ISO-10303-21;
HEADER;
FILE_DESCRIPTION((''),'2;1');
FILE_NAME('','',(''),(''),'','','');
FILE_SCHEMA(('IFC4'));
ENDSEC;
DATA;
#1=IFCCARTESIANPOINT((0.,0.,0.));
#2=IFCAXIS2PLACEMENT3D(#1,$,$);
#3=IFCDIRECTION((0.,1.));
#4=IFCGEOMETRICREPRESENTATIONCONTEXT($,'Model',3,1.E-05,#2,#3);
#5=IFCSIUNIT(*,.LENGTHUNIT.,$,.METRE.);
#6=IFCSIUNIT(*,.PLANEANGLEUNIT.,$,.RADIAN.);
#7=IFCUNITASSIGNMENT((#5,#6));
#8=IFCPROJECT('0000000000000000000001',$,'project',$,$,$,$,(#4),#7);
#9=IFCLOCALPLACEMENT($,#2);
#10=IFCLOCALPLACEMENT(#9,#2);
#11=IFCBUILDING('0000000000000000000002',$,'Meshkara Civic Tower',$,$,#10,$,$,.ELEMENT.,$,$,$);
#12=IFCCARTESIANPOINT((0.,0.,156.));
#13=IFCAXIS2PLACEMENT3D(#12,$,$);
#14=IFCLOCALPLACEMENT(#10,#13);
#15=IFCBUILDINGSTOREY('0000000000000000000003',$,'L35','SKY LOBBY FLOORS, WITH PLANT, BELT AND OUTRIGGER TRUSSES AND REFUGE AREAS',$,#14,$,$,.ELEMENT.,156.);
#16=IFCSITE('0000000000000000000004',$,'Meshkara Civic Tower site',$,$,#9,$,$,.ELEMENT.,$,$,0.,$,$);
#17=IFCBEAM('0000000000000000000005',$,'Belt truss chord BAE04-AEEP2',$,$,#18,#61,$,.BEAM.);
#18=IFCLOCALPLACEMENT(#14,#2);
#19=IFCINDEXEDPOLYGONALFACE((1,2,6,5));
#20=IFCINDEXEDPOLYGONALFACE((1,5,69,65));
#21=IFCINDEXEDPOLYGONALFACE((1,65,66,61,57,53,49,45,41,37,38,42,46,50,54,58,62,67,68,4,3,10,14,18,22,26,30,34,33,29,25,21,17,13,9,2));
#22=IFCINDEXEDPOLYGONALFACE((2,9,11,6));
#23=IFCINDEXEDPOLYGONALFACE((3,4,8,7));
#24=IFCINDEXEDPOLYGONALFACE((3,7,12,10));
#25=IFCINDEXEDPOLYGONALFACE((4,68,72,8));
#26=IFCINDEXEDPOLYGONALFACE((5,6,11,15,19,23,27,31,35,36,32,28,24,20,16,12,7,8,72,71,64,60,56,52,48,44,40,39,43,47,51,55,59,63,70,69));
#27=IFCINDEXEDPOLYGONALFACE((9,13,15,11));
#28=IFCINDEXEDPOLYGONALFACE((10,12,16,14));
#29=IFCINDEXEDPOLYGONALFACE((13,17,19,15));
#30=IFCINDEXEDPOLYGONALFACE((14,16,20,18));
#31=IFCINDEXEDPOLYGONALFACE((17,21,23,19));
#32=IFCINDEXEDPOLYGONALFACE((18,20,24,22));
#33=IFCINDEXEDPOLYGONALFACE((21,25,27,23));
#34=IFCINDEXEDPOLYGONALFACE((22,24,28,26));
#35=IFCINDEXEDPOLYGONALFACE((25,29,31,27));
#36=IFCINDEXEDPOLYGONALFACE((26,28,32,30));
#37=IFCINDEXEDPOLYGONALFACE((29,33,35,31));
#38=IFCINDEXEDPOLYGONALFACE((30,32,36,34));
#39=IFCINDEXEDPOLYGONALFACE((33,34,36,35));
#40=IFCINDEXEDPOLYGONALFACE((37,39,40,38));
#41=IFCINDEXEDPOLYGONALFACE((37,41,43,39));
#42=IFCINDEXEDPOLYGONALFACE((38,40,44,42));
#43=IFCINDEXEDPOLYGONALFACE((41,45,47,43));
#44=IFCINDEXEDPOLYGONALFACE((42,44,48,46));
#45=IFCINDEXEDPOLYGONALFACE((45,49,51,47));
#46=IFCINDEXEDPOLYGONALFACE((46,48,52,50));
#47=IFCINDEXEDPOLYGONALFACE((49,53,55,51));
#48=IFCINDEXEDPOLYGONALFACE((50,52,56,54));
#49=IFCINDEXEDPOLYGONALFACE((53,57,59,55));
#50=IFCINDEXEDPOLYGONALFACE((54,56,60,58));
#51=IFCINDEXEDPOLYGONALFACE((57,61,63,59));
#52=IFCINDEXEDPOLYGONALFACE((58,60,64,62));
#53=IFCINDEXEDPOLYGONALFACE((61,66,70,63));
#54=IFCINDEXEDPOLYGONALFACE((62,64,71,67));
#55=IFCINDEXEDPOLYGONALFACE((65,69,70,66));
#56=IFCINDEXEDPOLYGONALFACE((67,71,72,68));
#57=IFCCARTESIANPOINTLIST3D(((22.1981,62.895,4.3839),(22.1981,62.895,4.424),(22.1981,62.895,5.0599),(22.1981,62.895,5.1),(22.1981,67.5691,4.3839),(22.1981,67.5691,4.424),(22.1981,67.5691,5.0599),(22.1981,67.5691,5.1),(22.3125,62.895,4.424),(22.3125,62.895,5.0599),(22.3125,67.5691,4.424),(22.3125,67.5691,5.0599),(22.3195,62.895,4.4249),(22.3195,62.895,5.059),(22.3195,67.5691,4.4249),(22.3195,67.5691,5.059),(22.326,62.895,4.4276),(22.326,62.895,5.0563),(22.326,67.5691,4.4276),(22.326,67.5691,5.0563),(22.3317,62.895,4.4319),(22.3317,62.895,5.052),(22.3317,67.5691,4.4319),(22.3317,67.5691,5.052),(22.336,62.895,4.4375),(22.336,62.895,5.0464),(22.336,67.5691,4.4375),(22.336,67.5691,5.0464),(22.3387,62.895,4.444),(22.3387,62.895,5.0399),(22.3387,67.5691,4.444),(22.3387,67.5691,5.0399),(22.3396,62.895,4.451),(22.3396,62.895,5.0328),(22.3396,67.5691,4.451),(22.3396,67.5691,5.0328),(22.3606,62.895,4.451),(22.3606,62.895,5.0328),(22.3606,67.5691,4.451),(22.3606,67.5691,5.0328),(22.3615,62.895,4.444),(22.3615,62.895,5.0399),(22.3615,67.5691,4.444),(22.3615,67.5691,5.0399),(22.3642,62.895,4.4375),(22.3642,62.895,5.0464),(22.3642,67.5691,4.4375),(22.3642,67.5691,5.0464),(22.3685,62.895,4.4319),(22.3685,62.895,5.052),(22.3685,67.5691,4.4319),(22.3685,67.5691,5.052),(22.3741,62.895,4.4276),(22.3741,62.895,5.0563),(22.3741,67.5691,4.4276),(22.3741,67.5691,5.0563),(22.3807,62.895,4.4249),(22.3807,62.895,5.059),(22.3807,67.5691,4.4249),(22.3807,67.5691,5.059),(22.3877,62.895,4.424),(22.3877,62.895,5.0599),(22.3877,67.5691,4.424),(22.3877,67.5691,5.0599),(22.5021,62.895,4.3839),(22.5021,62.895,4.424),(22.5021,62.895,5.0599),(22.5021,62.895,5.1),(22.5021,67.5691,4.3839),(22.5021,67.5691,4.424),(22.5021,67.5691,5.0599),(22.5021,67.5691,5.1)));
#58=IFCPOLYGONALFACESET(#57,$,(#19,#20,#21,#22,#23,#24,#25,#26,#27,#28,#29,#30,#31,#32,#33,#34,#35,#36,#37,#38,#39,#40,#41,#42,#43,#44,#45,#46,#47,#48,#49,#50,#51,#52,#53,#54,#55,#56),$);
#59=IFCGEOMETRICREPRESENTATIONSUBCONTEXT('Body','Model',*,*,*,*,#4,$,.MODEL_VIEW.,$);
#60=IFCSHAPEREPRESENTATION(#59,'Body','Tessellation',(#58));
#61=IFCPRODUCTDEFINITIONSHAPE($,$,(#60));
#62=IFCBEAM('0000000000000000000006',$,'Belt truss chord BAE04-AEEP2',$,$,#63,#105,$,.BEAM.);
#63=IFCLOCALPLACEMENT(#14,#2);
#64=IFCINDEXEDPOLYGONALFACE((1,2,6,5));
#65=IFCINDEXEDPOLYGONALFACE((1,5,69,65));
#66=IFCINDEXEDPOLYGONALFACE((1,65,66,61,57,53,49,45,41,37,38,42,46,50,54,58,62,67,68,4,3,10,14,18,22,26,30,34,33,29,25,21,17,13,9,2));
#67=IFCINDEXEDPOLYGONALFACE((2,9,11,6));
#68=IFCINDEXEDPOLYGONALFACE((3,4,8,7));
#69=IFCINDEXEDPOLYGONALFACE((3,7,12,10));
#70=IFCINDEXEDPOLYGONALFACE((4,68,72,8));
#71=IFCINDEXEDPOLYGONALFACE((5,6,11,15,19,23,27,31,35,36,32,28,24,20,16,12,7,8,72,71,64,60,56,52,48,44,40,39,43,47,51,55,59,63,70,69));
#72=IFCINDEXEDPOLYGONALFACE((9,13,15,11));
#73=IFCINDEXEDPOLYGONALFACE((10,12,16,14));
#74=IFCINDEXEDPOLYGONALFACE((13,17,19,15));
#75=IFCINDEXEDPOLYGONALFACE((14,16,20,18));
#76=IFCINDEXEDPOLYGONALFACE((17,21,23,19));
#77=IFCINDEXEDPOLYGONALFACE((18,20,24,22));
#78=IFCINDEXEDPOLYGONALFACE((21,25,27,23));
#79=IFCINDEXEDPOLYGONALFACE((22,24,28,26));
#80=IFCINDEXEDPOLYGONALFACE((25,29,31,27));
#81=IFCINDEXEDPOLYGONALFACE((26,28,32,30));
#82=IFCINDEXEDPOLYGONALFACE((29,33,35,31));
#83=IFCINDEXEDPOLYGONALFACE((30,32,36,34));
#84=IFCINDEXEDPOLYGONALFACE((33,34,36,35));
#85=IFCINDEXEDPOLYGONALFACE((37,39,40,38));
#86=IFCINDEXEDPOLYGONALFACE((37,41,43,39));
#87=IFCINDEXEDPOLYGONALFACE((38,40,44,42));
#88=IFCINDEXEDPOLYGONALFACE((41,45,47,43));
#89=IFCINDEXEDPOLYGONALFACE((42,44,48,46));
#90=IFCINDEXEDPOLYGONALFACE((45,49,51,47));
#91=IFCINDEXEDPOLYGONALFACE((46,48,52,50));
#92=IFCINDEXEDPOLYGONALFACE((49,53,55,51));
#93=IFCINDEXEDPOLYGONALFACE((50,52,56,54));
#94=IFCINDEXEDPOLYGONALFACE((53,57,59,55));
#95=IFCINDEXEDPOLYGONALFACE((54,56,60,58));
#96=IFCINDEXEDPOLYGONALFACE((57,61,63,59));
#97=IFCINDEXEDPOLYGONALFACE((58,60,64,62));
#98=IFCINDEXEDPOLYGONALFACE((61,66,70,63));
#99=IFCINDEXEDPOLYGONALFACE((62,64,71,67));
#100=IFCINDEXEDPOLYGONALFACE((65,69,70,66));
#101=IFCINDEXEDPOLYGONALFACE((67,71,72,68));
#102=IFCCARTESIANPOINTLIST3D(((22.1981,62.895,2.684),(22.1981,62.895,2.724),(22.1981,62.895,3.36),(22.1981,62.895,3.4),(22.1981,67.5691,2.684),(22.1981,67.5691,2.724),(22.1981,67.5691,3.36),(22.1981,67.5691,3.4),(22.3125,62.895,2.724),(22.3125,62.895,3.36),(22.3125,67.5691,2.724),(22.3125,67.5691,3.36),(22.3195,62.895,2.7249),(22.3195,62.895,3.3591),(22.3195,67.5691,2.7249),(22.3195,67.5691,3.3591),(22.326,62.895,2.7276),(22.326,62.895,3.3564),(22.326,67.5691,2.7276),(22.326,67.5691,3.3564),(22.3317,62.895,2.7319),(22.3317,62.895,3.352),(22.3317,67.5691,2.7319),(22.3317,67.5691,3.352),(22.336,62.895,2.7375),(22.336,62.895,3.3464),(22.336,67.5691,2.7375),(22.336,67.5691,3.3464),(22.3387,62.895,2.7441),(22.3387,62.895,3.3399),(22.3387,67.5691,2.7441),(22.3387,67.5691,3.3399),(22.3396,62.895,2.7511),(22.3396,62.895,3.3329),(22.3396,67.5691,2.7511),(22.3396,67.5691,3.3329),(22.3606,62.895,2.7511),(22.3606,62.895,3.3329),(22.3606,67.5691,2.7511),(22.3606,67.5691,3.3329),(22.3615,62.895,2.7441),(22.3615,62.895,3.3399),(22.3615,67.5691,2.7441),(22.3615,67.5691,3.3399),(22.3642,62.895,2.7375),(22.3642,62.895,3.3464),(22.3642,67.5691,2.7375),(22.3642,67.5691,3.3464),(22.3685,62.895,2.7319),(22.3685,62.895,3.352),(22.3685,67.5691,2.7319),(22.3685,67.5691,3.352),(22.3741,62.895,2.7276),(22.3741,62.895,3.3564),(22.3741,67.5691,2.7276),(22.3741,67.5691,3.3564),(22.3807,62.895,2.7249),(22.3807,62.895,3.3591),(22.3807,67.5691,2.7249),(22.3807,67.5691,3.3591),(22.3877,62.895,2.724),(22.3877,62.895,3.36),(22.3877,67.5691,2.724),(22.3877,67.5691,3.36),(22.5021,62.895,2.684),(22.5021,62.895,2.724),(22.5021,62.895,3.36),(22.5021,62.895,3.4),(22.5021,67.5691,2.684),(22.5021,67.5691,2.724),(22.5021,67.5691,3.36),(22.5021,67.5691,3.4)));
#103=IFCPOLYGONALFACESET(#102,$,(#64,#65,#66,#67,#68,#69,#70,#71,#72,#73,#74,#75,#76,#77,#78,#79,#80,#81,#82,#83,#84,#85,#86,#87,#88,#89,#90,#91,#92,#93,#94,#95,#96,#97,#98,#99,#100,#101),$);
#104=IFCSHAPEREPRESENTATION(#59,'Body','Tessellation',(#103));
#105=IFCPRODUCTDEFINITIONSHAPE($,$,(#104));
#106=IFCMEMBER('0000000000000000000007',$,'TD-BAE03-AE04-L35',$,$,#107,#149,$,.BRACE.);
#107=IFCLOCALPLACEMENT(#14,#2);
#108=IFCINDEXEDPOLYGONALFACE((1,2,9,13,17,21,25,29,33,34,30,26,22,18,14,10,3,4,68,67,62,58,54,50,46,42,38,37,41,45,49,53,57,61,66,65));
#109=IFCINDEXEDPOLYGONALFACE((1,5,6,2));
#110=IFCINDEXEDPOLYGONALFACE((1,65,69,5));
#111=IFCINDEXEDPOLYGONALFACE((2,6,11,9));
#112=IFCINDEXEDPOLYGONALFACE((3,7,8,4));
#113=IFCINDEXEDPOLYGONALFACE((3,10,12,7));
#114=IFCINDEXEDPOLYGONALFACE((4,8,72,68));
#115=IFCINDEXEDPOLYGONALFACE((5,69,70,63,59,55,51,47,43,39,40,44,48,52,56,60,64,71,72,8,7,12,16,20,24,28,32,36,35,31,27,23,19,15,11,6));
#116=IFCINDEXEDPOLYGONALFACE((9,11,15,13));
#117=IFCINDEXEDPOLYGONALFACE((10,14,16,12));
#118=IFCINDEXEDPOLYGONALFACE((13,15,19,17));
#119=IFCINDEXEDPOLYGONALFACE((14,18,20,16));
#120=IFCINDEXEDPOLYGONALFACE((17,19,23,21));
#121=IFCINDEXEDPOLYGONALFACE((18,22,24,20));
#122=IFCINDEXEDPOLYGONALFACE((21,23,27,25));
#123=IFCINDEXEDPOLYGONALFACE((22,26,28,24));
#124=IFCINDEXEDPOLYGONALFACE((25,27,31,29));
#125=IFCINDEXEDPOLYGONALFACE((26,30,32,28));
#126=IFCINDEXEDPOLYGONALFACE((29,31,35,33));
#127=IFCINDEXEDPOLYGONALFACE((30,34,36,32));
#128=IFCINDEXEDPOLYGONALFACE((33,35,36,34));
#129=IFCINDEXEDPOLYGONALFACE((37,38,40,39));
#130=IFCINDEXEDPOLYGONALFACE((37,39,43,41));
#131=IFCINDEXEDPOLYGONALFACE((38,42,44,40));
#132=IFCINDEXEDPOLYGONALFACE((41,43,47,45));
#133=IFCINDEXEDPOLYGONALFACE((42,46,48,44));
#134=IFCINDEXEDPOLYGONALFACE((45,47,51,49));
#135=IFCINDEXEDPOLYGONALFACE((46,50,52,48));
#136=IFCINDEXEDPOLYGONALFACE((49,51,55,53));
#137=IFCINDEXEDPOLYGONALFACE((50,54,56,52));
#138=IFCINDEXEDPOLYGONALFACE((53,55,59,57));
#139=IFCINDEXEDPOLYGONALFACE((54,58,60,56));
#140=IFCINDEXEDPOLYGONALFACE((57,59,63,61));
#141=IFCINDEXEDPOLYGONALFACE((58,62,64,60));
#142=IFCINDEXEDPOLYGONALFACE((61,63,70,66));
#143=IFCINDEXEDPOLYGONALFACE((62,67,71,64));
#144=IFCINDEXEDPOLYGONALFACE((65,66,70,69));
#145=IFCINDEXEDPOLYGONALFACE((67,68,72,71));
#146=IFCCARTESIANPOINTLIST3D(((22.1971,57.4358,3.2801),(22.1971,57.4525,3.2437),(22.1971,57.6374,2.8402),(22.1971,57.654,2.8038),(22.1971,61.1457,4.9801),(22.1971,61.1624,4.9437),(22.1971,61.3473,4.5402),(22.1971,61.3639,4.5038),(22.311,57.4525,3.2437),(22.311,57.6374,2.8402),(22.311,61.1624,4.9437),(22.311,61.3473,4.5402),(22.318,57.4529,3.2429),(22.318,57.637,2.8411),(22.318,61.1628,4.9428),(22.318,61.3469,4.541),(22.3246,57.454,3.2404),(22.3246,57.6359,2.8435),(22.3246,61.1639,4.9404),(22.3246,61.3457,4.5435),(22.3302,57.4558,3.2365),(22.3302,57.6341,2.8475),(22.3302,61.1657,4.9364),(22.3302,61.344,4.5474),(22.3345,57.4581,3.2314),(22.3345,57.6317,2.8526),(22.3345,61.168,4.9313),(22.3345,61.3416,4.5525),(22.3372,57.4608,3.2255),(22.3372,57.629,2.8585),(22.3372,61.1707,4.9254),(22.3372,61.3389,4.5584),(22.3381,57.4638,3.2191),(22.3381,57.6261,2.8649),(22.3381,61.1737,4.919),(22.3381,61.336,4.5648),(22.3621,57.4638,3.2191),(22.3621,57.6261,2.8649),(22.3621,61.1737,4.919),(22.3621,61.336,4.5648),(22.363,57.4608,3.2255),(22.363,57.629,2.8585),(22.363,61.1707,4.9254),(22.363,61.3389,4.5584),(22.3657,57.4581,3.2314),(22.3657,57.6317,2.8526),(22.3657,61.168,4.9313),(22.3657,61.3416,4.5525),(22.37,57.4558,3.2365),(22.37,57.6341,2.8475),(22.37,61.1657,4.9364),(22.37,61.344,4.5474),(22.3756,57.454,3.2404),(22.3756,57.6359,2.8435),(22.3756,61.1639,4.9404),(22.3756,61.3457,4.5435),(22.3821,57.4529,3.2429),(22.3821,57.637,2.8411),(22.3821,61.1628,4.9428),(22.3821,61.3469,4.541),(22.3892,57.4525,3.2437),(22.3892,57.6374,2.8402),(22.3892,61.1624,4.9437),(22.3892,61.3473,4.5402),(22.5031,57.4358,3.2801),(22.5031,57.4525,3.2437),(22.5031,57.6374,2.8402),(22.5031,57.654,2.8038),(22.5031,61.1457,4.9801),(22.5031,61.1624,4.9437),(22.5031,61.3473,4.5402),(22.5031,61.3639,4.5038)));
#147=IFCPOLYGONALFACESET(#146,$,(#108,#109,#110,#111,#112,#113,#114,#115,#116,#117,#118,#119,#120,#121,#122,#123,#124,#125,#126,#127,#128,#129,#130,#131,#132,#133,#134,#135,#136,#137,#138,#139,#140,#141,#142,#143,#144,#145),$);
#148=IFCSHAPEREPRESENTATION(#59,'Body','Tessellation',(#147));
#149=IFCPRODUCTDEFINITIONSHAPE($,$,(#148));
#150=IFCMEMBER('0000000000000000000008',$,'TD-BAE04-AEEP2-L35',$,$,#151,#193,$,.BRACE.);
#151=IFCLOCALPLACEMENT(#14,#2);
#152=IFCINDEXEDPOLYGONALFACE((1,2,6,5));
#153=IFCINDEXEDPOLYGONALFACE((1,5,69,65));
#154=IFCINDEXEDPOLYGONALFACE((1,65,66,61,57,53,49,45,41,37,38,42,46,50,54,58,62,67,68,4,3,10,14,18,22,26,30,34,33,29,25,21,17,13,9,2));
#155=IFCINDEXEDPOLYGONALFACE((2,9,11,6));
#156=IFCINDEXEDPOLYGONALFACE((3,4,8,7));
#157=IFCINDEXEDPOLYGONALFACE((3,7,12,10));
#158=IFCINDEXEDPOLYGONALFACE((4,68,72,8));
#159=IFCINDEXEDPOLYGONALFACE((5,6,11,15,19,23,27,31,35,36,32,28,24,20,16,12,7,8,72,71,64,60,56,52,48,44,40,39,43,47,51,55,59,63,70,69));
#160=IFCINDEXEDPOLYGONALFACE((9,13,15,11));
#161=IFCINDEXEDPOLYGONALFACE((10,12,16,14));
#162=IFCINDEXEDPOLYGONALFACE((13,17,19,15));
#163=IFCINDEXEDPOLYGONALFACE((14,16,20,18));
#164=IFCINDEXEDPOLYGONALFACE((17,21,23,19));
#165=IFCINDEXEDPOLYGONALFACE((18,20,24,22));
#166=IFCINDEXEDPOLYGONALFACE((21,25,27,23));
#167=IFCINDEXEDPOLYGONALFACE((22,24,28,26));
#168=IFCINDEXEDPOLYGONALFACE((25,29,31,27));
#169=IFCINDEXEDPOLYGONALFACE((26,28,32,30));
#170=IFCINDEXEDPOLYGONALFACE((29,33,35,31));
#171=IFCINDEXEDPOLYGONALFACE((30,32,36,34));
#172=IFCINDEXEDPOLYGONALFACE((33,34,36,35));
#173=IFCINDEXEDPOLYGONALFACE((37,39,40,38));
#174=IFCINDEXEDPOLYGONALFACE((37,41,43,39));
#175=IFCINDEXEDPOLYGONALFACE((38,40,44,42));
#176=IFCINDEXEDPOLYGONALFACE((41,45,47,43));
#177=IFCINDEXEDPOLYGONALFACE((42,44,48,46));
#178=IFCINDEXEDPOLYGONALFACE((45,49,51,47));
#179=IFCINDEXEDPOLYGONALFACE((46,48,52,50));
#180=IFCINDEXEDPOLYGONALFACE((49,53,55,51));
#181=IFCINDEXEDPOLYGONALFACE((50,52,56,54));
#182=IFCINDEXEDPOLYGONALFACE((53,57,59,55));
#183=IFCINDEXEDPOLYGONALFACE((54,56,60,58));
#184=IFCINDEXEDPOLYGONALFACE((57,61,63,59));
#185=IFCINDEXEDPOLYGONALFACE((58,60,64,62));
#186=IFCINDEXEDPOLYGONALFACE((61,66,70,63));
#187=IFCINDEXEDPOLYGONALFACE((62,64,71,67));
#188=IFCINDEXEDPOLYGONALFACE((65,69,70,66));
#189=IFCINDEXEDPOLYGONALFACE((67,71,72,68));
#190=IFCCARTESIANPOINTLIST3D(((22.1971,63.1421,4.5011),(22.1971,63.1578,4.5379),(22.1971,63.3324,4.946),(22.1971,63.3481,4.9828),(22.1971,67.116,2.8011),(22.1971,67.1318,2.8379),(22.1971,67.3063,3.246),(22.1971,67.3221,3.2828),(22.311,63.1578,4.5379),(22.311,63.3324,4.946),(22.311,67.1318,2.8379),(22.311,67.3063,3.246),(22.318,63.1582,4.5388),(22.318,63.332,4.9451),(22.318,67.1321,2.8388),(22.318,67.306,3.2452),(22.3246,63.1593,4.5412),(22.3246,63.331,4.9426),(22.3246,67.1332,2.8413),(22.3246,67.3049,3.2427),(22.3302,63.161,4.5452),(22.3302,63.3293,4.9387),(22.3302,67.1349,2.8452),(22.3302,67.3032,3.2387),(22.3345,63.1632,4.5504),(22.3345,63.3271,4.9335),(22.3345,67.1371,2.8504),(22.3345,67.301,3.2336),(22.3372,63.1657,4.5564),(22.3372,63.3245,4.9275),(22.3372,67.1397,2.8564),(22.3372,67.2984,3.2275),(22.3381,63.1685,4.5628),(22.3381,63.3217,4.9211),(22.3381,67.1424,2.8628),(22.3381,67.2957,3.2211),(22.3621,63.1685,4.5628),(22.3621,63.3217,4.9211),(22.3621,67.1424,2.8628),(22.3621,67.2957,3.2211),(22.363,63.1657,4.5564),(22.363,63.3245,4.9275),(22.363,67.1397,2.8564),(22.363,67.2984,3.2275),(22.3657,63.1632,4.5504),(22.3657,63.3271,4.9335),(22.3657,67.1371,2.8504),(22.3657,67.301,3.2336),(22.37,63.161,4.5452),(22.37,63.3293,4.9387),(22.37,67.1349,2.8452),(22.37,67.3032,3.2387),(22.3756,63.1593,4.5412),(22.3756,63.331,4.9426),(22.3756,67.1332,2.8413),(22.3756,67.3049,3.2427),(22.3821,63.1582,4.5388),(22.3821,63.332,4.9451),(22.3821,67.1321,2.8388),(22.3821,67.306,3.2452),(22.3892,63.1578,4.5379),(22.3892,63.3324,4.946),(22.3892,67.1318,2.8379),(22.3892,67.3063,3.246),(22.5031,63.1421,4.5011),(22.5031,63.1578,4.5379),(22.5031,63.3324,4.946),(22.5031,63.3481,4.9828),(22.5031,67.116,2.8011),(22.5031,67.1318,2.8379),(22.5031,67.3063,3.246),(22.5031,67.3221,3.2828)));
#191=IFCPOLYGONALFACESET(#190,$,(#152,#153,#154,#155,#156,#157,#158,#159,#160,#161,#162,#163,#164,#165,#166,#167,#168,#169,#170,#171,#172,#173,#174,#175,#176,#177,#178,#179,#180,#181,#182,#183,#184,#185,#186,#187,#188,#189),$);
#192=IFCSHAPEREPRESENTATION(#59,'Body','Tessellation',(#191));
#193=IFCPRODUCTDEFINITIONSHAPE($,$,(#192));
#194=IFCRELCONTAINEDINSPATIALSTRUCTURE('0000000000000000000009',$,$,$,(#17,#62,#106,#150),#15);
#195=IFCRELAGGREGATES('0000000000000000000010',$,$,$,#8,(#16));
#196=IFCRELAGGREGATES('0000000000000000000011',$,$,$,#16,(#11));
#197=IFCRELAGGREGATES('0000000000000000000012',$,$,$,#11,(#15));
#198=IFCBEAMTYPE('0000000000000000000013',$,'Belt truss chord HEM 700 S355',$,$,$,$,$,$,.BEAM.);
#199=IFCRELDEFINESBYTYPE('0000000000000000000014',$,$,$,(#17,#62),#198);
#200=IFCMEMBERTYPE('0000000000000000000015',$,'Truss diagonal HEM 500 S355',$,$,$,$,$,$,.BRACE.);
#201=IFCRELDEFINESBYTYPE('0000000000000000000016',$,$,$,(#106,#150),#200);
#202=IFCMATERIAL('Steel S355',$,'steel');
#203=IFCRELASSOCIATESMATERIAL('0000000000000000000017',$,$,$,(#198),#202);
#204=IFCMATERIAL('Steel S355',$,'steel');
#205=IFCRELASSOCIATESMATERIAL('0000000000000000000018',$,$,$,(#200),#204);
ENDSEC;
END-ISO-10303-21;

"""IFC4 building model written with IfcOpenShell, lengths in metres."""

from ifc_helpers import new_model, si_unit, direction, frame, origin, origin_2d, place, context, subcontext, project, spatial, i_section, extrude, material, material_profile, profile_set, type_object, element, save


model = new_model("IFC4")

# Units and contexts
model_context = context("Model", 3, precision=1e-05, world=origin(), true_north=direction((0.0, 1.0)))
body_context = subcontext(model_context, "Body", "Model", "MODEL_VIEW")
ifc_project = project(units=[si_unit("LENGTHUNIT", "METRE"), si_unit("PLANEANGLEUNIT", "RADIAN")], contexts=[model_context])

# Site, building, storey
site_placement = place(None, origin())
site = spatial("IfcSite", under=ifc_project, at=site_placement, Name="Meshkara Civic Tower site", CompositionType="ELEMENT", RefElevation=0.0)
building_placement = place(site_placement, origin())
building = spatial("IfcBuilding", under=site, at=building_placement, Name="Meshkara Civic Tower", CompositionType="ELEMENT")
storey_placement = place(building_placement, frame((0.0, 0.0, 156.0)))
storey = spatial("IfcBuildingStorey", under=building, at=storey_placement, Name="L35", Description="SKY LOBBY FLOORS, WITH PLANT, BELT AND OUTRIGGER TRUSSES AND REFUGE AREAS", CompositionType="ELEMENT", Elevation=156.0)

# Beams
ifc_material_1 = material(Name="Steel S355", Category="steel")
ifc_material_profile_1 = material_profile(ifc_material_1, i_section(OverallWidth=0.304, OverallDepth=0.7161, WebThickness=0.021, FlangeThickness=0.04, FilletRadius=0.0271, at=origin_2d()))
ifc_profile_set_1 = profile_set([ifc_material_profile_1], Name="Steel S355")
beam_type = type_object("IfcBeamType", Name="Belt truss chord HEM 700 S355", PredefinedType="BEAM", material=ifc_profile_set_1)
for number, where, z_axis, x_axis, name in (
    (1, (22.3501, 62.895, 4.7419), (0.0, 1.0, 0.0), (-1.0, 0.0, 0.0), "Belt truss chord BAE04-AEEP2"),
    (2, (22.3501, 62.895, 3.042), (0.0, 1.0, 0.0), (-1.0, 0.0, 0.0), "Belt truss chord BAE04-AEEP2"),
):
    element("IfcBeam", number, at=place(storey_placement, frame(where, z_axis=z_axis, x_axis=x_axis)), inside=storey, type_object=beam_type, Name=name, PredefinedType="BEAM", context=body_context, shape_type="SweptSolid", body=[
        extrude(i_section(OverallWidth=0.304, OverallDepth=0.7161, WebThickness=0.021, FlangeThickness=0.04, FilletRadius=0.0271, at=origin_2d()), origin(), (0.0, 0.0, 1.0), 4.6741),
    ])

# Members
ifc_material_2 = material(Name="Steel S355", Category="steel")
ifc_material_profile_2 = material_profile(ifc_material_2, i_section(OverallWidth=0.3059, OverallDepth=0.5239, WebThickness=0.0239, FlangeThickness=0.04, FilletRadius=0.0271, at=origin_2d()))
ifc_profile_set_2 = profile_set([ifc_material_profile_2], Name="Steel S355")
member_type = type_object("IfcMemberType", Name="Truss diagonal HEM 500 S355", PredefinedType="BRACE", material=ifc_profile_set_2)
member_1_placement = place(storey_placement, frame((22.3501, 57.5449, 3.042), z_axis=(0.0, 0.909106, 0.416564), x_axis=(-1.0, 0.0, 0.0)))
element("IfcMember", 3, at=member_1_placement, inside=storey, type_object=member_type, Name="TD-BAE03-AE04-L35", PredefinedType="BRACE", context=body_context, shape_type="SweptSolid", body=[
    extrude(i_section(OverallWidth=0.3059, OverallDepth=0.5239, WebThickness=0.0239, FlangeThickness=0.04, FilletRadius=0.0271, at=origin_2d()), origin(), (0.0, 0.0, 1.0), 4.0808),
])
member_2_placement = place(storey_placement, frame((22.3501, 63.2451, 4.7419), z_axis=(0.0, 0.919408, -0.393306), x_axis=(-1.0, 0.0, 0.0)))
element("IfcMember", 4, at=member_2_placement, inside=storey, type_object=member_type, Name="TD-BAE04-AEEP2-L35", PredefinedType="BRACE", context=body_context, shape_type="SweptSolid", body=[
    extrude(i_section(OverallWidth=0.3059, OverallDepth=0.5239, WebThickness=0.0239, FlangeThickness=0.04, FilletRadius=0.0271, at=origin_2d()), origin(), (0.0, 0.0, 1.0), 4.3223),
])

save(model, "model.ifc")
